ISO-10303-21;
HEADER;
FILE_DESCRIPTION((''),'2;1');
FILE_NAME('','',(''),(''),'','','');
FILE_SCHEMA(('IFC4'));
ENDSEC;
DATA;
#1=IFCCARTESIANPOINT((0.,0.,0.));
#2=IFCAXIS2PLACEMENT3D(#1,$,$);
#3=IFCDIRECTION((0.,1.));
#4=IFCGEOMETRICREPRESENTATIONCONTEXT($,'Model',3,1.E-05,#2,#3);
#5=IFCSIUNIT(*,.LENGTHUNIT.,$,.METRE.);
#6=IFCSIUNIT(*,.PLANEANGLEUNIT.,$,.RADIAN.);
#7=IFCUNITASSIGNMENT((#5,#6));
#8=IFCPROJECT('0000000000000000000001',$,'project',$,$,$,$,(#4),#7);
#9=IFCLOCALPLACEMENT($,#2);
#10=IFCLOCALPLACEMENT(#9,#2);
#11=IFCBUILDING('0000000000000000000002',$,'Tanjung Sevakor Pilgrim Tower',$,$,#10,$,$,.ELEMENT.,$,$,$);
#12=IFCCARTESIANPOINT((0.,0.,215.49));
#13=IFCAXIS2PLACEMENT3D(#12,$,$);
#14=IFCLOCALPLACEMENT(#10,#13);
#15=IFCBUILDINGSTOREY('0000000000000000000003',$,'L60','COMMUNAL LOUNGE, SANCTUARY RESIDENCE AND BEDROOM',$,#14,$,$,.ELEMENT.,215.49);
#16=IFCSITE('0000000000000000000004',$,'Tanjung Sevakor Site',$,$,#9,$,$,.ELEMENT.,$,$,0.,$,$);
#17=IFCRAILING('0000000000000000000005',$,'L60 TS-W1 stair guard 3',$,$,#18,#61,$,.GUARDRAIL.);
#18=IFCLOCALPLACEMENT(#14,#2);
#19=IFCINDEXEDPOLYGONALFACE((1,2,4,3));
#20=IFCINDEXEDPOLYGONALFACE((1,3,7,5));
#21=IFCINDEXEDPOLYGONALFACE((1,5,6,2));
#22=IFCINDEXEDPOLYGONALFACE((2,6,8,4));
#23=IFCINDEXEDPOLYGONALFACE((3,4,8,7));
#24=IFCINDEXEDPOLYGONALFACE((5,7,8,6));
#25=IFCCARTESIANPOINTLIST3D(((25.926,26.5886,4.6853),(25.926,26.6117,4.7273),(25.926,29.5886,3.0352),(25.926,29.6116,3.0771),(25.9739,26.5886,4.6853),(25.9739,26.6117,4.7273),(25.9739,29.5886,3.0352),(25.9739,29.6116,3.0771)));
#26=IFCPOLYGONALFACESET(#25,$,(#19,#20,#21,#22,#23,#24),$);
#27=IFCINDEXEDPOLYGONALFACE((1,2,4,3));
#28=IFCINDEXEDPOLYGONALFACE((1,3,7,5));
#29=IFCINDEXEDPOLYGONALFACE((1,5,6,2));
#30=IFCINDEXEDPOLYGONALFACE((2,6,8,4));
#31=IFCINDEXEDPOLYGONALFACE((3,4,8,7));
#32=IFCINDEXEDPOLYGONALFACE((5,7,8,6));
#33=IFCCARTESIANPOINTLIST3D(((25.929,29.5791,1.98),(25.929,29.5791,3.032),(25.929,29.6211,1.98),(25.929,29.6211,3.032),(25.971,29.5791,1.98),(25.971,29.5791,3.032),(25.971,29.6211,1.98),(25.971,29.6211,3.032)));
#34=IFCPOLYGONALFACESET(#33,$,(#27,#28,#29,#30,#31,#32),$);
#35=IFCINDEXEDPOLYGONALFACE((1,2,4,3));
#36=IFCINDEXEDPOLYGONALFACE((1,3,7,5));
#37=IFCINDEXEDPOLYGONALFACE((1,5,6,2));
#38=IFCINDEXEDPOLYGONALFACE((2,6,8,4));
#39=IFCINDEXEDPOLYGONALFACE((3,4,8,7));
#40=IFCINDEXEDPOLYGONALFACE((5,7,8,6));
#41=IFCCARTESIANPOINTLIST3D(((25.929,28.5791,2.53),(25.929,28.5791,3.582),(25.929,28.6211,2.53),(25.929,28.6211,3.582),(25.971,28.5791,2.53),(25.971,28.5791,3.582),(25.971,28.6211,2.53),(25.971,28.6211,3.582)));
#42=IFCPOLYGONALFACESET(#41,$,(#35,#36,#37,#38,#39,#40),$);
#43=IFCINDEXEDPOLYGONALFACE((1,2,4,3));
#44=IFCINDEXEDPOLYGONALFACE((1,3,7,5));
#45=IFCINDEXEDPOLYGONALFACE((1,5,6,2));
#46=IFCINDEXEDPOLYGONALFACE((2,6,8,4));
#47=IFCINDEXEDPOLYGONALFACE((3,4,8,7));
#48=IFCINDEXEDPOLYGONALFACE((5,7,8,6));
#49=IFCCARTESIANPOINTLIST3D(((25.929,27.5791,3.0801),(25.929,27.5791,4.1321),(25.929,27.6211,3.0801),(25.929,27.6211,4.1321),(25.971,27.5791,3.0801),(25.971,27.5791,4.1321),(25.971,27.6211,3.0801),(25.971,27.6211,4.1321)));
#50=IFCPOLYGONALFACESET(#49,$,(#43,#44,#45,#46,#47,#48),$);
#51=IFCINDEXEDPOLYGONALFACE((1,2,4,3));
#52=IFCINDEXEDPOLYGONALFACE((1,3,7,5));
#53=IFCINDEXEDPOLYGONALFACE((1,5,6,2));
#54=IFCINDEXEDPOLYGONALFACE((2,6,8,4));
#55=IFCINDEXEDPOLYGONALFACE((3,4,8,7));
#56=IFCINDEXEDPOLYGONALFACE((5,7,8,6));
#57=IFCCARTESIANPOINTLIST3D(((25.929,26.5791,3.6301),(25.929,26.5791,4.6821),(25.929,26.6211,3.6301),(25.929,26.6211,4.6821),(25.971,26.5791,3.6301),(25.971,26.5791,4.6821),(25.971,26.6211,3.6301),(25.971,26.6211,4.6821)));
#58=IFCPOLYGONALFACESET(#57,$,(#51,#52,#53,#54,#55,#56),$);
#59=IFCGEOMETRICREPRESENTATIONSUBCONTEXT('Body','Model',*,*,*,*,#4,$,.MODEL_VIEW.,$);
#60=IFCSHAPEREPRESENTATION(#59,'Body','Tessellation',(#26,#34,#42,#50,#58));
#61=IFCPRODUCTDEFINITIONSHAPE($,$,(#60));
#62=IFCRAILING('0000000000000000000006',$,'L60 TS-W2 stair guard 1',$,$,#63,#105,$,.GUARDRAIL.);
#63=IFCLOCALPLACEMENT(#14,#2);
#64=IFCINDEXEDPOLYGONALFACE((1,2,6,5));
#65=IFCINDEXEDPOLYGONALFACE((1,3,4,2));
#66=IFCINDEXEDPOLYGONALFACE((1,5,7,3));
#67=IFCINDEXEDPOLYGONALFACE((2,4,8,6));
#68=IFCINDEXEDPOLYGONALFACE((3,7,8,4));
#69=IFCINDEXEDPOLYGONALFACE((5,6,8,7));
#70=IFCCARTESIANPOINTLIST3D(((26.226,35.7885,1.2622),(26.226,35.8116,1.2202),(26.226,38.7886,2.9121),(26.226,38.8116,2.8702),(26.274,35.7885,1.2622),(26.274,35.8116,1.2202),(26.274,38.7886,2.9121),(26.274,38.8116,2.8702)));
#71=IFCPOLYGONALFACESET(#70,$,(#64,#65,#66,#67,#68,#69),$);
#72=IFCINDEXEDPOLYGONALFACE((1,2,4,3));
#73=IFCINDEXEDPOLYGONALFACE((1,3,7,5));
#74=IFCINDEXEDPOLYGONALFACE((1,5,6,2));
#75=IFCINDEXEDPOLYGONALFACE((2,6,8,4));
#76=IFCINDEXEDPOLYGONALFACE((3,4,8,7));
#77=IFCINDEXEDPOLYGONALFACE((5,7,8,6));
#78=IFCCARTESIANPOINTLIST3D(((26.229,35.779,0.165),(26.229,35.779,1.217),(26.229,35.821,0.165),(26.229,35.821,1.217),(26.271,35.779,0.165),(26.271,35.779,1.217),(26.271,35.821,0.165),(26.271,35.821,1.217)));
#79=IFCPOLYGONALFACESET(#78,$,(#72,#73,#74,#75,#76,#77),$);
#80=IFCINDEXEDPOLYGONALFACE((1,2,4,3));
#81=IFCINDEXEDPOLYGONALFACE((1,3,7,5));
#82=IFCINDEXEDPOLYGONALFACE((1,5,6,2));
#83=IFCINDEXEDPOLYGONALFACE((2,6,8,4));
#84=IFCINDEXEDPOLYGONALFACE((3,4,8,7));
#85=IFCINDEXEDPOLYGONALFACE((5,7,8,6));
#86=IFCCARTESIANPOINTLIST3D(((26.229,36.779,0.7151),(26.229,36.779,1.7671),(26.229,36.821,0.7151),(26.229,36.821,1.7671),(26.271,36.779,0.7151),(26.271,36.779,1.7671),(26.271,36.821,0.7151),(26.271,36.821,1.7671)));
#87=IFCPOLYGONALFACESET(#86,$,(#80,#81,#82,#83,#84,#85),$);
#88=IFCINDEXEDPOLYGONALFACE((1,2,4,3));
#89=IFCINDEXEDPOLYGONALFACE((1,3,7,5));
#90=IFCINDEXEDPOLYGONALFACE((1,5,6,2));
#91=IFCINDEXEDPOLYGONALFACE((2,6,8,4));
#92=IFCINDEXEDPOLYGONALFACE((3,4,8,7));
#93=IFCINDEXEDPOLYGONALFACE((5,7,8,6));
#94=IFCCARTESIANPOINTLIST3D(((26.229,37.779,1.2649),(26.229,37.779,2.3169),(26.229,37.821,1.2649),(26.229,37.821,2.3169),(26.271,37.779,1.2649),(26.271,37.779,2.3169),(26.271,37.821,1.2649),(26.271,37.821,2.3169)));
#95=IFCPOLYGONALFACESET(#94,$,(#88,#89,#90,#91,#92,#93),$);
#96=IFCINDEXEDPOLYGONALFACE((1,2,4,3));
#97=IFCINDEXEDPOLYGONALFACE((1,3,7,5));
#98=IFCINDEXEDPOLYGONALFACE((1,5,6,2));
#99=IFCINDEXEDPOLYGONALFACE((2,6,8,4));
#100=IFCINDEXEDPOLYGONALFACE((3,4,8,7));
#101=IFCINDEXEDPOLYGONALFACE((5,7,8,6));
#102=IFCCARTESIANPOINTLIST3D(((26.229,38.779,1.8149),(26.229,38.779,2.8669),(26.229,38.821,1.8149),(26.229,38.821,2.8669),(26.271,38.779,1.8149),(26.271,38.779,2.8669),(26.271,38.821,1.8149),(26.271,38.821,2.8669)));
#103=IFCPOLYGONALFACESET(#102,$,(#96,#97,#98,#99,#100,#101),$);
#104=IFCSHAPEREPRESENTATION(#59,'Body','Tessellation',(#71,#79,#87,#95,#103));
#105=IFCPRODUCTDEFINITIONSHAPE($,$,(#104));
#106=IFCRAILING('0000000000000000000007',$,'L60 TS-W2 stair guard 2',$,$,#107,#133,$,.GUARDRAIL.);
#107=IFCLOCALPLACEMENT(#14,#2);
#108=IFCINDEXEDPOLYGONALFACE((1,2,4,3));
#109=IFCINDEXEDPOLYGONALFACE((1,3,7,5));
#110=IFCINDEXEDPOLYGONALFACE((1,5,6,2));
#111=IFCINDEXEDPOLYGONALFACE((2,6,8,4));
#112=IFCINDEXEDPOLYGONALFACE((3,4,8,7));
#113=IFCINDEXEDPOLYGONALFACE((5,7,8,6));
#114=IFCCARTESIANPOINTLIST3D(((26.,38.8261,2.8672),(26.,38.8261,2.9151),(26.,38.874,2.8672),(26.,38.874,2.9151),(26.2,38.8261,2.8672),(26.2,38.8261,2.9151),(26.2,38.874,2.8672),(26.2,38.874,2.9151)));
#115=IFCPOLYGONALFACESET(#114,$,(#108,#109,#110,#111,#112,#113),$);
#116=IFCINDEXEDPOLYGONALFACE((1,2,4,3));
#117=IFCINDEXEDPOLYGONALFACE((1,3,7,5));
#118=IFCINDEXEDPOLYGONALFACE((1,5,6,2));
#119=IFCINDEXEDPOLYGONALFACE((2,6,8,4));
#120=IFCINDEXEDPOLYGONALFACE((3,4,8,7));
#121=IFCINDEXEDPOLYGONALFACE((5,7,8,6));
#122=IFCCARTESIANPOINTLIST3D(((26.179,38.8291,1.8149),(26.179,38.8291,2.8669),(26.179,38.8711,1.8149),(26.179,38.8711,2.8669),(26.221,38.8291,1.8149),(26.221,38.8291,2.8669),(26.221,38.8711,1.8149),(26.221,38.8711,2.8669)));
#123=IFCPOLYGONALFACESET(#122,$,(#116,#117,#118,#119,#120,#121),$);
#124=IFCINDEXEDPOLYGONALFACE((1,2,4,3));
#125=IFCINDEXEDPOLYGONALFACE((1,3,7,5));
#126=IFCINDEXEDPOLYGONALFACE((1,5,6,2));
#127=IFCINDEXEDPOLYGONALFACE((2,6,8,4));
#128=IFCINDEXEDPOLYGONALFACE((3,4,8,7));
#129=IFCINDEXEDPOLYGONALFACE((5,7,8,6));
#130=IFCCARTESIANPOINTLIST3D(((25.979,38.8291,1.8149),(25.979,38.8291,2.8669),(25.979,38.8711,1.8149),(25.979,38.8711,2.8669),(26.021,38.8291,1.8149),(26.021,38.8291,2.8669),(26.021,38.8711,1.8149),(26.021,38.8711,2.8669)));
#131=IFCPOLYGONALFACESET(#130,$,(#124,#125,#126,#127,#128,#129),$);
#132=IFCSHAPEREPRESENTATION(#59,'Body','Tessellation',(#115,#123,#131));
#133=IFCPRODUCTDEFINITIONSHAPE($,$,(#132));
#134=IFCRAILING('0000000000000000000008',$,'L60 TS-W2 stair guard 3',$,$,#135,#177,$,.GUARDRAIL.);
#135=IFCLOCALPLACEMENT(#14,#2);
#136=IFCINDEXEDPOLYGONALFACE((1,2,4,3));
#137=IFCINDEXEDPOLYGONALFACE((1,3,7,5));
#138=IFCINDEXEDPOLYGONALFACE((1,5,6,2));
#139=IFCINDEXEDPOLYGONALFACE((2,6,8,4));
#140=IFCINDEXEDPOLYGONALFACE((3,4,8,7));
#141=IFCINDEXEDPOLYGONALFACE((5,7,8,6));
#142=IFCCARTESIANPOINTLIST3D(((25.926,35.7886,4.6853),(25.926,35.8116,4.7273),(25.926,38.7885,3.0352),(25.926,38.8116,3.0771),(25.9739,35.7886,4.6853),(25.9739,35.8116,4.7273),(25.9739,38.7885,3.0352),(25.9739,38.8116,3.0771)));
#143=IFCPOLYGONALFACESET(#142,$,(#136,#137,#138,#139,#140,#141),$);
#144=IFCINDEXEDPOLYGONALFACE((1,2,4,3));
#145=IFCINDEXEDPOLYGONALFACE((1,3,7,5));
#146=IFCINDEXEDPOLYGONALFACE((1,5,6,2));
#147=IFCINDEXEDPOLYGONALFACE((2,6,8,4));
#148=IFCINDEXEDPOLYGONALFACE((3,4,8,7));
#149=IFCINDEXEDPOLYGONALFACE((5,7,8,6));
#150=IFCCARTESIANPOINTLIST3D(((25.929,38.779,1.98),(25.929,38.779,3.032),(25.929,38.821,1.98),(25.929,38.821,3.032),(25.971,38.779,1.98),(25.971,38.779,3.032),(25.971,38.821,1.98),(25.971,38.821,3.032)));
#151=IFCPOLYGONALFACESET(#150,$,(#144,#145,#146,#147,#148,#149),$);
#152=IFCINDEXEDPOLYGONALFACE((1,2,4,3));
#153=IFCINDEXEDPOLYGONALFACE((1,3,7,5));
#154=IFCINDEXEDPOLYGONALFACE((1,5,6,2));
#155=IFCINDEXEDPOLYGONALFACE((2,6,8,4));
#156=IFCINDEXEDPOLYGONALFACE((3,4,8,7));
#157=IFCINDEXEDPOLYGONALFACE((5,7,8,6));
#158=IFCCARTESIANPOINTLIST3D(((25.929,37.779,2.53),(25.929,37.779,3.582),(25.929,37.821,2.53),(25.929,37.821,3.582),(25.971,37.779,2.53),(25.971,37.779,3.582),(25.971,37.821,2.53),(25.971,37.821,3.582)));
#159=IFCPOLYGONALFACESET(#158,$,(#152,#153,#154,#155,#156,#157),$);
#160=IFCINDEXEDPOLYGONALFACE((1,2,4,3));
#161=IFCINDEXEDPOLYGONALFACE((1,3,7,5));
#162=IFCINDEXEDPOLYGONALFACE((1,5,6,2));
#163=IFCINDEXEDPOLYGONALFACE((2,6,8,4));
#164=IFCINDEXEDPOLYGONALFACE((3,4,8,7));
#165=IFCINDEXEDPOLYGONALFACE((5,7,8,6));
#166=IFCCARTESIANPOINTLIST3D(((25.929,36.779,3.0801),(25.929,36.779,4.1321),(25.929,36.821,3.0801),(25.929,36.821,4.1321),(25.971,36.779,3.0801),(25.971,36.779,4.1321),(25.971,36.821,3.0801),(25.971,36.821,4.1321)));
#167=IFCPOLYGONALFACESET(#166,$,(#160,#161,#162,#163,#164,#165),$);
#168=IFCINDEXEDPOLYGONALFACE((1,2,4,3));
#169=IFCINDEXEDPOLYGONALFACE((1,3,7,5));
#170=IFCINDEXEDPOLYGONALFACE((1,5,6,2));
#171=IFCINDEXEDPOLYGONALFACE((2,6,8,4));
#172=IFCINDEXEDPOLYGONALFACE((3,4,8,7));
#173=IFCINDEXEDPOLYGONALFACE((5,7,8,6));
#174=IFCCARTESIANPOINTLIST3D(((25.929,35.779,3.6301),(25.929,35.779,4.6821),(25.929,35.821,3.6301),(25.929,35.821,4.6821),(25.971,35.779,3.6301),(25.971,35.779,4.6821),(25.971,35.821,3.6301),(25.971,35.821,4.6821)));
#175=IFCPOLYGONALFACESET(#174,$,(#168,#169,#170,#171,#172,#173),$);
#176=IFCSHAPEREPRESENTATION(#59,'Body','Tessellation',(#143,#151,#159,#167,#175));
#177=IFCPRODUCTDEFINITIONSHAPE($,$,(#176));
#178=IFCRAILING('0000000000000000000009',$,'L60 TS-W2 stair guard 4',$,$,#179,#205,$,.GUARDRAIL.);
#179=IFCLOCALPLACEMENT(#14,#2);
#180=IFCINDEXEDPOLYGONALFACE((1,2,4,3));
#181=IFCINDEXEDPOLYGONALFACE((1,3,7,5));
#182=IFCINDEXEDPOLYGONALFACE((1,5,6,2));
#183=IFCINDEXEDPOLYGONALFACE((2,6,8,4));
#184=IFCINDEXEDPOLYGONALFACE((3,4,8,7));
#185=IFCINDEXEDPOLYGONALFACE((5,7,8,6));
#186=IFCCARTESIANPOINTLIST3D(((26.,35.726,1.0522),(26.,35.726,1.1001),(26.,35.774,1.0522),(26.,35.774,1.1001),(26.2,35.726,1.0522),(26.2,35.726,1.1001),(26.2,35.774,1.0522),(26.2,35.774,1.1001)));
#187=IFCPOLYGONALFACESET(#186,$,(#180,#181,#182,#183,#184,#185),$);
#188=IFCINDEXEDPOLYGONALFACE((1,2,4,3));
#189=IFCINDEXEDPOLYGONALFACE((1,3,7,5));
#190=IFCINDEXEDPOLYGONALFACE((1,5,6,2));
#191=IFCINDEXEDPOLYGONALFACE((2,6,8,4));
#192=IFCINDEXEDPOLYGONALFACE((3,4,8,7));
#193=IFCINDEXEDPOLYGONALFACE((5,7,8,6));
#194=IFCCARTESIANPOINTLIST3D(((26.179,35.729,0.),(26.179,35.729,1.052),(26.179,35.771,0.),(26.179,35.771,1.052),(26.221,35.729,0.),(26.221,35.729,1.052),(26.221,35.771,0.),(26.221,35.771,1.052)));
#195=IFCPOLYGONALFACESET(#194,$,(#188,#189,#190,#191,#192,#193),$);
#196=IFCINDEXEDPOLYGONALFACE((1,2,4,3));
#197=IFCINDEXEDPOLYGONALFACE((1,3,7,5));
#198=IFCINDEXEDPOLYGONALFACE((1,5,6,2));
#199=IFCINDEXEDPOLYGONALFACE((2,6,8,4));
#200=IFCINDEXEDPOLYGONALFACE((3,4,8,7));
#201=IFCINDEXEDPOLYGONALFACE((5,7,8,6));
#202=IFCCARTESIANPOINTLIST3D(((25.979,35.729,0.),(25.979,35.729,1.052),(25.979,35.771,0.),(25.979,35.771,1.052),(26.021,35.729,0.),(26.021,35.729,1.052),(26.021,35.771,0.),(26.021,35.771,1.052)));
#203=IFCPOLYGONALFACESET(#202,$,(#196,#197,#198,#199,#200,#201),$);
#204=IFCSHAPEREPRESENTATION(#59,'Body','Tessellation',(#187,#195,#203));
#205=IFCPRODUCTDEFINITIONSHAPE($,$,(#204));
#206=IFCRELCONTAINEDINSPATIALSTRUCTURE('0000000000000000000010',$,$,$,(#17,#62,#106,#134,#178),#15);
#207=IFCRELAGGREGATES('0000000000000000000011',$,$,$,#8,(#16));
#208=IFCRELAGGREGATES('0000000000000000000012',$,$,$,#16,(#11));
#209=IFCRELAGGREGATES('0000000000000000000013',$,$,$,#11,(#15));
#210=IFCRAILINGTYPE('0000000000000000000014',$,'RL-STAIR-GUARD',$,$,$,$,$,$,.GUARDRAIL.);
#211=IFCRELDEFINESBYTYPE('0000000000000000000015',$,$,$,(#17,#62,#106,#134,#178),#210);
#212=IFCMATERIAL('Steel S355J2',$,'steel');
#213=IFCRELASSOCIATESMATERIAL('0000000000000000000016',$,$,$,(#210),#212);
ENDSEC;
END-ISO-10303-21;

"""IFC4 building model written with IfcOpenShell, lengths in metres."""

from ifc_helpers import new_model, si_unit, direction, frame, origin, place, context, subcontext, project, spatial, rectangle, extrude, material, type_object, element, save


model = new_model("IFC4")

# Units and contexts
model_context = context("Model", 3, precision=1e-05, world=origin(), true_north=direction((0.0, 1.0)))
body_context = subcontext(model_context, "Body", "Model", "MODEL_VIEW")
ifc_project = project(units=[si_unit("LENGTHUNIT", "METRE"), si_unit("PLANEANGLEUNIT", "RADIAN")], contexts=[model_context])

# Site, building, storey
site_placement = place(None, origin())
site = spatial("IfcSite", under=ifc_project, at=site_placement, Name="Tanjung Sevakor Site", CompositionType="ELEMENT", RefElevation=0.0)
building_placement = place(site_placement, origin())
building = spatial("IfcBuilding", under=site, at=building_placement, Name="Tanjung Sevakor Pilgrim Tower", CompositionType="ELEMENT")
storey_placement = place(building_placement, frame((0.0, 0.0, 215.49)))
storey = spatial("IfcBuildingStorey", under=building, at=storey_placement, Name="L60", Description="COMMUNAL LOUNGE, SANCTUARY RESIDENCE AND BEDROOM", CompositionType="ELEMENT", Elevation=215.49)

# Railings
ifc_material_1 = material(Name="Steel S355J2", Category="steel")
railing_type_1 = type_object("IfcRailingType", Name="RL-STAIR-GUARD", PredefinedType="GUARDRAIL", material=ifc_material_1)
railing_1_placement = place(storey_placement, frame((25.95, 29.6001, 1.98)))
element("IfcRailing", 1, at=railing_1_placement, inside=storey, type_object=railing_type_1, Name="L60 TS-W1 stair guard 3", PredefinedType="GUARDRAIL", context=body_context, shape_type="SweptSolid", body=[
    extrude(rectangle(XDim=0.0479, YDim=0.0479), frame((0.0, 0.0, 1.0762), z_axis=(0.0, -0.876198, 0.481952), x_axis=(1.0, 0.0, 0.0)), (0.0, 0.0, 1.0), 3.4238),
    extrude(rectangle(XDim=0.042, YDim=0.042), origin(), (0.0, 0.0, 1.0), 1.052),
    extrude(rectangle(XDim=0.042, YDim=0.042), frame((0.0, -1.0, 0.55)), (0.0, 0.0, 1.0), 1.052),
    extrude(rectangle(XDim=0.042, YDim=0.042), frame((0.0, -2.0, 1.1001)), (0.0, 0.0, 1.0), 1.052),
    extrude(rectangle(XDim=0.042, YDim=0.042), frame((0.0, -3.0, 1.6501)), (0.0, 0.0, 1.0), 1.052),
])
railing_2_placement = place(storey_placement, frame((26.25, 35.8, 0.165)))
element("IfcRailing", 2, at=railing_2_placement, inside=storey, type_object=railing_type_1, Name="L60 TS-W2 stair guard 1", PredefinedType="GUARDRAIL", context=body_context, shape_type="SweptSolid", body=[
    extrude(rectangle(XDim=0.0479, YDim=0.0479), frame((0.0, 0.0, 1.0762), z_axis=(0.0, 0.876228, 0.481897), x_axis=(-1.0, 0.0, 0.0)), (0.0, 0.0, 1.0), 3.4238),
    extrude(rectangle(XDim=0.042, YDim=0.042), origin(), (0.0, 0.0, 1.0), 1.052),
    extrude(rectangle(XDim=0.042, YDim=0.042), frame((0.0, 1.0, 0.55)), (0.0, 0.0, 1.0), 1.052),
    extrude(rectangle(XDim=0.042, YDim=0.042), frame((0.0, 2.0, 1.0999)), (0.0, 0.0, 1.0), 1.052),
    extrude(rectangle(XDim=0.042, YDim=0.042), frame((0.0, 3.0, 1.6499)), (0.0, 0.0, 1.0), 1.052),
])
railing_3_placement = place(storey_placement, frame((26.2, 38.8501, 1.8149)))
element("IfcRailing", 3, at=railing_3_placement, inside=storey, type_object=railing_type_1, Name="L60 TS-W2 stair guard 2", PredefinedType="GUARDRAIL", context=body_context, shape_type="SweptSolid", body=[
    extrude(rectangle(XDim=0.0479, YDim=0.0479), frame((0.0, 0.0, 1.0762), z_axis=(-1.0, 0.0, 0.0), x_axis=(0.0, -1.0, 0.0)), (0.0, 0.0, 1.0), 0.2),
    extrude(rectangle(XDim=0.042, YDim=0.042), origin(), (0.0, 0.0, 1.0), 1.052),
    extrude(rectangle(XDim=0.042, YDim=0.042), frame((-0.2, 0.0, 0.0)), (0.0, 0.0, 1.0), 1.052),
])
railing_4_placement = place(storey_placement, frame((25.95, 38.8, 1.98)))
element("IfcRailing", 4, at=railing_4_placement, inside=storey, type_object=railing_type_1, Name="L60 TS-W2 stair guard 3", PredefinedType="GUARDRAIL", context=body_context, shape_type="SweptSolid", body=[
    extrude(rectangle(XDim=0.0479, YDim=0.0479), frame((0.0, 0.0, 1.0762), z_axis=(0.0, -0.876198, 0.481952), x_axis=(1.0, 0.0, 0.0)), (0.0, 0.0, 1.0), 3.4238),
    extrude(rectangle(XDim=0.042, YDim=0.042), origin(), (0.0, 0.0, 1.0), 1.052),
    extrude(rectangle(XDim=0.042, YDim=0.042), frame((0.0, -1.0, 0.55)), (0.0, 0.0, 1.0), 1.052),
    extrude(rectangle(XDim=0.042, YDim=0.042), frame((0.0, -2.0, 1.1001)), (0.0, 0.0, 1.0), 1.052),
    extrude(rectangle(XDim=0.042, YDim=0.042), frame((0.0, -3.0, 1.6501)), (0.0, 0.0, 1.0), 1.052),
])
railing_5_placement = place(storey_placement, frame((26.2, 35.75, 0.0)))
element("IfcRailing", 5, at=railing_5_placement, inside=storey, type_object=railing_type_1, Name="L60 TS-W2 stair guard 4", PredefinedType="GUARDRAIL", context=body_context, shape_type="SweptSolid", body=[
    extrude(rectangle(XDim=0.0479, YDim=0.0479), frame((0.0, 0.0, 1.0762), z_axis=(-1.0, 0.0, 0.0), x_axis=(0.0, -1.0, 0.0)), (0.0, 0.0, 1.0), 0.2),
    extrude(rectangle(XDim=0.042, YDim=0.042), origin(), (0.0, 0.0, 1.0), 1.052),
    extrude(rectangle(XDim=0.042, YDim=0.042), frame((-0.2, 0.0, 0.0)), (0.0, 0.0, 1.0), 1.052),
])

save(model, "model.ifc")
